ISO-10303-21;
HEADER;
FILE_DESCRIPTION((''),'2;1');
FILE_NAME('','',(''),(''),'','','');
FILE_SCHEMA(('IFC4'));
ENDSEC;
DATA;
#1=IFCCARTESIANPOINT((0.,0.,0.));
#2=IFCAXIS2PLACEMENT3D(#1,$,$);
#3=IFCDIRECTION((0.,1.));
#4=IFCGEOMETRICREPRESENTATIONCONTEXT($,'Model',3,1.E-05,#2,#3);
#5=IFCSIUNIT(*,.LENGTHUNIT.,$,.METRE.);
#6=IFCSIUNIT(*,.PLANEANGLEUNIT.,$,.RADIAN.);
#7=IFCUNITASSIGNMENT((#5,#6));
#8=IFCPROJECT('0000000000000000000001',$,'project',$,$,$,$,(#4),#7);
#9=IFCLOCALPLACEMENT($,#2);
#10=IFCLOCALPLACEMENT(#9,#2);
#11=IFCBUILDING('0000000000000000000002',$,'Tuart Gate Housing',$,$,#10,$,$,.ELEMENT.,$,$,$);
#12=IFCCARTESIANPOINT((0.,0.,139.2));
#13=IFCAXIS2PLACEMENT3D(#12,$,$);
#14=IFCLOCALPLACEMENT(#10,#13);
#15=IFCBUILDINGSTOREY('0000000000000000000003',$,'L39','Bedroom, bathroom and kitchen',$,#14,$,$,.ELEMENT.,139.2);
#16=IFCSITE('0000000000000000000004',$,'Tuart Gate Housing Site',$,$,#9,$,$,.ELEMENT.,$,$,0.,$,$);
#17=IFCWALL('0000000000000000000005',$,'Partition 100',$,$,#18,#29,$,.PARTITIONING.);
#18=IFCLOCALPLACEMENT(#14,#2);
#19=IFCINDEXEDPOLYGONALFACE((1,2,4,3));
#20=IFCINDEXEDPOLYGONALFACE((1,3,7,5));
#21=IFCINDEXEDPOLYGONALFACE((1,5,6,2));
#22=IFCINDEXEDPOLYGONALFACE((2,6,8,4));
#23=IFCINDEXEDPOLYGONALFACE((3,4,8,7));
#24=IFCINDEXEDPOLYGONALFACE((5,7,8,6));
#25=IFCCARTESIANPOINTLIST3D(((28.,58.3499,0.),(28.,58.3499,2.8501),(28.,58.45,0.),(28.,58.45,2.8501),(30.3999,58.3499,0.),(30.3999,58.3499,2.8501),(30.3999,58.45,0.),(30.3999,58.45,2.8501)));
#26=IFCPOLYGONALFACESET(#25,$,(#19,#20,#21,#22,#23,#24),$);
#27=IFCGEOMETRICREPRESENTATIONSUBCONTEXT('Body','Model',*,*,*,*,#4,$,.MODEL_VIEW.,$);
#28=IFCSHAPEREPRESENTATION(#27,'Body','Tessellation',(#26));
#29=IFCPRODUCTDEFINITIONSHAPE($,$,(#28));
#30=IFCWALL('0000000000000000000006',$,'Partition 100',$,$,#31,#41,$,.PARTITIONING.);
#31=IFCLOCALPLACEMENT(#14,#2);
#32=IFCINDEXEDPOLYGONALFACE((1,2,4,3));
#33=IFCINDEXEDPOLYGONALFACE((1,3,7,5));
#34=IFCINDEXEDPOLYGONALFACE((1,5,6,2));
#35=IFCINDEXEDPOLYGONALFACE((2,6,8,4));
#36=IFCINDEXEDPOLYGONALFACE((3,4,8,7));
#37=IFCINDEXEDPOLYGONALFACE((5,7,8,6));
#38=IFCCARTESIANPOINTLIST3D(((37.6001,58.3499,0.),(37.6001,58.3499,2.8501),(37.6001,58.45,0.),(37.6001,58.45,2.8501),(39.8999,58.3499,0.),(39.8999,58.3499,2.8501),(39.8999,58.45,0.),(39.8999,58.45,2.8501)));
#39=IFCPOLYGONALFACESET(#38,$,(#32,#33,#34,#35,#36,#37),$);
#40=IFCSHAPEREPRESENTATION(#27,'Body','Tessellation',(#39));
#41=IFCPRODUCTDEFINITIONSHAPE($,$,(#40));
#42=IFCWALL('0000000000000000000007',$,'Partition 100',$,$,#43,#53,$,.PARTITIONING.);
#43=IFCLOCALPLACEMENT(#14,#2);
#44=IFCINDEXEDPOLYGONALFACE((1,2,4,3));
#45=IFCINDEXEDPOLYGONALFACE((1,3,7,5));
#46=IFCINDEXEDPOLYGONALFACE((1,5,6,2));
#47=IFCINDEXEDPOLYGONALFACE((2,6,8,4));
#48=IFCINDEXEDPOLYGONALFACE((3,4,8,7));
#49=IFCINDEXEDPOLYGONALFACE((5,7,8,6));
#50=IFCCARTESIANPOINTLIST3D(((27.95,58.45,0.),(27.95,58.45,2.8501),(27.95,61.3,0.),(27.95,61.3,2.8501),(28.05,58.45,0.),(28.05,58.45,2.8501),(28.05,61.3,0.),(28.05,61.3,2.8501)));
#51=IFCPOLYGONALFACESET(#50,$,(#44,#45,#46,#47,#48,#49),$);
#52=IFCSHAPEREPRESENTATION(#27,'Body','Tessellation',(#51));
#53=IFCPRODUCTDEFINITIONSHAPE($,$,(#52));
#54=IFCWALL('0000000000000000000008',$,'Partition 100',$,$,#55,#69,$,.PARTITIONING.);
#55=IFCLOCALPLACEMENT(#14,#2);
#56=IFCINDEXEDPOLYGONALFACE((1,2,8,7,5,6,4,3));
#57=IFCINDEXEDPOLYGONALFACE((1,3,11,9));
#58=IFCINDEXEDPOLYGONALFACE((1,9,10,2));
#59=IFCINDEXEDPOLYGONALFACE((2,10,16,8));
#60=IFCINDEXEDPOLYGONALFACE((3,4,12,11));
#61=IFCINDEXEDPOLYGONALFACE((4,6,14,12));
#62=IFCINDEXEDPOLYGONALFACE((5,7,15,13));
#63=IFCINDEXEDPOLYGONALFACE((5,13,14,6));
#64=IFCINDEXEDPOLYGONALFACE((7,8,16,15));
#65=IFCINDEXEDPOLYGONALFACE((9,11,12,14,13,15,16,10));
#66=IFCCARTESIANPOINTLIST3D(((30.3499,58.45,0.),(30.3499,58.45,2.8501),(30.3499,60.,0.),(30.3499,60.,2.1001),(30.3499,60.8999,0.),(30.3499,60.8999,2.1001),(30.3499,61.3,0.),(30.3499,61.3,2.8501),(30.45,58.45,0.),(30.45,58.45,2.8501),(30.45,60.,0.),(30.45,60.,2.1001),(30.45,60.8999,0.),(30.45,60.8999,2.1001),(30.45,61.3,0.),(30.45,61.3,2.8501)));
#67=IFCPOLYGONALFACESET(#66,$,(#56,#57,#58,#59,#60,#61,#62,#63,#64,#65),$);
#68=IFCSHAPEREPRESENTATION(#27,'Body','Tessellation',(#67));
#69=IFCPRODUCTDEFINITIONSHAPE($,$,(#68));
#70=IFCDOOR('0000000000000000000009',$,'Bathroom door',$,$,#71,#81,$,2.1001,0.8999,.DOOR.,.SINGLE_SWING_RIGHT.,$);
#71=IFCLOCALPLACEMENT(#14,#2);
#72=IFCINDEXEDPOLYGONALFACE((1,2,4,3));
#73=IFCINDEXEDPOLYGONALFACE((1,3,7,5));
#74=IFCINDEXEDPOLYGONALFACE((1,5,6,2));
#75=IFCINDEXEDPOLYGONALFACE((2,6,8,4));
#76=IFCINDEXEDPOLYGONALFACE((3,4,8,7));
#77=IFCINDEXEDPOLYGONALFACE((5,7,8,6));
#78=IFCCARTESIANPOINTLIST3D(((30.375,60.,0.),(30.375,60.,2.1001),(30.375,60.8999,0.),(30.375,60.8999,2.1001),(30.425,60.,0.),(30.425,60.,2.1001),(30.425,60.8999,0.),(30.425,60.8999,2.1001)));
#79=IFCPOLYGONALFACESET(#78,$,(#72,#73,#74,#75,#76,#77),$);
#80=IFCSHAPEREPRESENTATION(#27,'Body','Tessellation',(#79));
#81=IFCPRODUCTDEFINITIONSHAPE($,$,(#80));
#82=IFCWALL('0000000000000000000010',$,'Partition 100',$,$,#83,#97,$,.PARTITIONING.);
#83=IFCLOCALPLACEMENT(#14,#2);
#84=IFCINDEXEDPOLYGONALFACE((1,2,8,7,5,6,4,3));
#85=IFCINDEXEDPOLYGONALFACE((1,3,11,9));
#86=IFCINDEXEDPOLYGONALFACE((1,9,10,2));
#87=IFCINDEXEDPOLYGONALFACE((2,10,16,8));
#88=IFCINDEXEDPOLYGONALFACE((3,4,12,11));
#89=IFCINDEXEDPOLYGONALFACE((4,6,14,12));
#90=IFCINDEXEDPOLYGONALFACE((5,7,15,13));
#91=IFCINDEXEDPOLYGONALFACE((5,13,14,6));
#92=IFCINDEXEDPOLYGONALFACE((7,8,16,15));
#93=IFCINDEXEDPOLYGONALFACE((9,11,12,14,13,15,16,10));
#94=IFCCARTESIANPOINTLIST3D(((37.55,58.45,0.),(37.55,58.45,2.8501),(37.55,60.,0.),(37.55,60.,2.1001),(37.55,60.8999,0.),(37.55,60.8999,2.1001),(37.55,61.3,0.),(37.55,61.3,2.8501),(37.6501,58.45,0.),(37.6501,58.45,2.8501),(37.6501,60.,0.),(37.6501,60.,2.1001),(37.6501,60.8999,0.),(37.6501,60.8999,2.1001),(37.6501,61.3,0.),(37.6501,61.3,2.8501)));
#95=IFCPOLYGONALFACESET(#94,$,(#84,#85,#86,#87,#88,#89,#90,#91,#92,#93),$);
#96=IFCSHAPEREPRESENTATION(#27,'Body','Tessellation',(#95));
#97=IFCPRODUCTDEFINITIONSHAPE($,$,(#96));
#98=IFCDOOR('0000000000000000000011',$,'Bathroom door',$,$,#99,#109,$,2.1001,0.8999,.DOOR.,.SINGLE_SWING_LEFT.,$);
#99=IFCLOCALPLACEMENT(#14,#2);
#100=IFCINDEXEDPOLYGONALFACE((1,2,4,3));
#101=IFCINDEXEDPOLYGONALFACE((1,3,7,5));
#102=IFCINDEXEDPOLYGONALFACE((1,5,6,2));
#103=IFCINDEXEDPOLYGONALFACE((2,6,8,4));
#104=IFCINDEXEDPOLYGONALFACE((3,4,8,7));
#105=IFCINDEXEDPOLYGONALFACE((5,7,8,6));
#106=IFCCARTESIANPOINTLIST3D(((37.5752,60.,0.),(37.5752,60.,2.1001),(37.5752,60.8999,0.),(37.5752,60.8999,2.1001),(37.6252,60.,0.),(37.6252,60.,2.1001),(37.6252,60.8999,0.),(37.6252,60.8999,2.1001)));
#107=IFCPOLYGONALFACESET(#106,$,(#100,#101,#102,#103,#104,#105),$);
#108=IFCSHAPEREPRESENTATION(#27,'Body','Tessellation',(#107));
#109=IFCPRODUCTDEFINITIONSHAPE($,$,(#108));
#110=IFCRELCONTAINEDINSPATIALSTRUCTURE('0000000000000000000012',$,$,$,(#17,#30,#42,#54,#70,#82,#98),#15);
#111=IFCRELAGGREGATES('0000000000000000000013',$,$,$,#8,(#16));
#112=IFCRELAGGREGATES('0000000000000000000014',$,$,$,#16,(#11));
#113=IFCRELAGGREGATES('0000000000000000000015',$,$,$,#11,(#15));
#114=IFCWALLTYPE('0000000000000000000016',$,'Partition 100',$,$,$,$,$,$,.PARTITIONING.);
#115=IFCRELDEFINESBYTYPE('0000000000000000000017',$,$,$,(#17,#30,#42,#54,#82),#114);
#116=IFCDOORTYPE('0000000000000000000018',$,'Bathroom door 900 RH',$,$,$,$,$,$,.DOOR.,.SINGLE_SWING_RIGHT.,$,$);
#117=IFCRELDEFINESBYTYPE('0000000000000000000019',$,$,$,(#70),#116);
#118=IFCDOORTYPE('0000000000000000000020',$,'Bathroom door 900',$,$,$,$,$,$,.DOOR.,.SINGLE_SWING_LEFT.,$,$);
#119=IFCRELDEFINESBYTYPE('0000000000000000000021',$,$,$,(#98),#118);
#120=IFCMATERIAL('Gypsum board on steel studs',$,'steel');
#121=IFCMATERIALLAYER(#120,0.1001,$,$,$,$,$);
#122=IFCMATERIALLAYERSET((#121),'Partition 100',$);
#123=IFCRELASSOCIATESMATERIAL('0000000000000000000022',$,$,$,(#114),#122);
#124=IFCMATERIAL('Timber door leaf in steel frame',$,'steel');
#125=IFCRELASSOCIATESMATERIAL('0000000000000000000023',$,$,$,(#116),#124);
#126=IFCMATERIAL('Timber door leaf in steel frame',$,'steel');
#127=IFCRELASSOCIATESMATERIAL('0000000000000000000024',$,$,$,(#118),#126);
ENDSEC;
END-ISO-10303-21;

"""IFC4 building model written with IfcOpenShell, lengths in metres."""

from ifc_helpers import new_model, si_unit, direction, frame, frame_2d, origin, place, context, subcontext, project, spatial, rectangle, extrude, material, layer, layer_set, type_object, element, fill, save


model = new_model("IFC4")

# Units and contexts
model_context = context("Model", 3, precision=1e-05, world=origin(), true_north=direction((0.0, 1.0)))
body_context = subcontext(model_context, "Body", "Model", "MODEL_VIEW")
ifc_project = project(units=[si_unit("LENGTHUNIT", "METRE"), si_unit("PLANEANGLEUNIT", "RADIAN")], contexts=[model_context])

# Site, building, storey
site_placement = place(None, origin())
site = spatial("IfcSite", under=ifc_project, at=site_placement, Name="Tuart Gate Housing Site", CompositionType="ELEMENT", RefElevation=0.0)
building_placement = place(site_placement, origin())
building = spatial("IfcBuilding", under=site, at=building_placement, Name="Tuart Gate Housing", CompositionType="ELEMENT")
storey_placement = place(building_placement, frame((0.0, 0.0, 139.2)))
storey = spatial("IfcBuildingStorey", under=building, at=storey_placement, Name="L39", Description="Bedroom, bathroom and kitchen", CompositionType="ELEMENT", Elevation=139.2)

# Walls
ifc_material_1 = material(Name="Gypsum board on steel studs", Category="steel")
ifc_layer_1 = layer(ifc_material_1, 0.1001)
ifc_layer_set_1 = layer_set([ifc_layer_1], Name="Partition 100")
wall_type_1 = type_object("IfcWallType", Name="Partition 100", PredefinedType="PARTITIONING", material=ifc_layer_set_1)
wall_1_placement = place(storey_placement, frame((28.0, 58.3999, 0.0), z_axis=(0.0, 0.0, 1.0), x_axis=(1.0, 0.0, 0.0)))
element("IfcWall", 1, at=wall_1_placement, inside=storey, type_object=wall_type_1, Name="Partition 100", PredefinedType="PARTITIONING", context=body_context, shape_type="SweptSolid", body=[
    extrude(rectangle(XDim=2.3999, YDim=0.1001, at=frame_2d((1.2, 0.0))), origin(), (0.0, 0.0, 1.0), 2.8501),
])
wall_2_placement = place(storey_placement, frame((37.6001, 58.3999, 0.0), z_axis=(0.0, 0.0, 1.0), x_axis=(1.0, 0.0, 0.0)))
element("IfcWall", 2, at=wall_2_placement, inside=storey, type_object=wall_type_1, Name="Partition 100", PredefinedType="PARTITIONING", context=body_context, shape_type="SweptSolid", body=[
    extrude(rectangle(XDim=2.2998, YDim=0.1001, at=frame_2d((1.1499, 0.0))), origin(), (0.0, 0.0, 1.0), 2.8501),
])
wall_3_placement = place(storey_placement, frame((28.0, 58.45, 0.0), z_axis=(0.0, 0.0, 1.0), x_axis=(0.0, 1.0, 0.0)))
element("IfcWall", 3, at=wall_3_placement, inside=storey, type_object=wall_type_1, Name="Partition 100", PredefinedType="PARTITIONING", context=body_context, shape_type="SweptSolid", body=[
    extrude(rectangle(XDim=2.8501, YDim=0.1001, at=frame_2d((1.425, 0.0))), origin(), (0.0, 0.0, 1.0), 2.8501),
])

# Walls, openings, doors
wall_4_placement = place(storey_placement, frame((30.3999, 58.45, 0.0), z_axis=(0.0, 0.0, 1.0), x_axis=(0.0, 1.0, 0.0)))
wall_4 = element("IfcWall", 4, at=wall_4_placement, inside=storey, type_object=wall_type_1, Name="Partition 100", PredefinedType="PARTITIONING", context=body_context, shape_type="SweptSolid", body=[
    extrude(rectangle(XDim=2.8501, YDim=0.1001, at=frame_2d((1.425, 0.0))), origin(), (0.0, 0.0, 1.0), 2.8501),
])
opening_1_placement = place(wall_4_placement, frame((1.55, 0.0, 0.0)))
opening_1 = element("IfcOpeningElement", 5, at=opening_1_placement, cuts=wall_4, PredefinedType="OPENING", context=body_context, shape_type="SweptSolid", body=[
    extrude(rectangle(XDim=0.8999, YDim=2.1001, at=frame_2d((0.45, 1.05))), frame((0.0, 0.0601, 0.0), z_axis=(0.0, -1.0, 0.0), x_axis=(1.0, 0.0, 0.0)), (0.0, 0.0, 1.0), 0.1201),
])
ifc_material_2 = material(Name="Timber door leaf in steel frame", Category="steel")
door_type_1 = type_object("IfcDoorType", Name="Bathroom door 900 RH", OperationType="SINGLE_SWING_RIGHT", PredefinedType="DOOR", material=ifc_material_2)
door_1_placement = place(opening_1_placement, origin())
door_1 = element("IfcDoor", 6, at=door_1_placement, inside=storey, type_object=door_type_1, Name="Bathroom door", OperationType="SINGLE_SWING_RIGHT", OverallHeight=2.1001, OverallWidth=0.8999, PredefinedType="DOOR", context=body_context, shape_type="SweptSolid", body=[
    extrude(rectangle(XDim=0.8999, YDim=2.1001, at=frame_2d((0.45, 1.05))), frame((0.0, 0.0249, 0.0), z_axis=(0.0, -1.0, 0.0), x_axis=(1.0, 0.0, 0.0)), (0.0, 0.0, 1.0), 0.05),
])
fill(opening_1, door_1)
wall_5_placement = place(storey_placement, frame((37.6001, 58.45, 0.0), z_axis=(0.0, 0.0, 1.0), x_axis=(0.0, 1.0, 0.0)))
wall_5 = element("IfcWall", 7, at=wall_5_placement, inside=storey, type_object=wall_type_1, Name="Partition 100", PredefinedType="PARTITIONING", context=body_context, shape_type="SweptSolid", body=[
    extrude(rectangle(XDim=2.8501, YDim=0.1001, at=frame_2d((1.425, 0.0))), origin(), (0.0, 0.0, 1.0), 2.8501),
])
opening_2_placement = place(wall_5_placement, frame((1.55, 0.0, 0.0)))
opening_2 = element("IfcOpeningElement", 8, at=opening_2_placement, cuts=wall_5, PredefinedType="OPENING", context=body_context, shape_type="SweptSolid", body=[
    extrude(rectangle(XDim=0.8999, YDim=2.1001, at=frame_2d((0.45, 1.05))), frame((0.0, 0.0601, 0.0), z_axis=(0.0, -1.0, 0.0), x_axis=(1.0, 0.0, 0.0)), (0.0, 0.0, 1.0), 0.1201),
])
ifc_material_3 = material(Name="Timber door leaf in steel frame", Category="steel")
door_type_2 = type_object("IfcDoorType", Name="Bathroom door 900", OperationType="SINGLE_SWING_LEFT", PredefinedType="DOOR", material=ifc_material_3)
door_2_placement = place(opening_2_placement, frame((0.8999, 0.0, 0.0), z_axis=(0.0, 0.0, 1.0), x_axis=(-1.0, 0.0, 0.0)))
door_2 = element("IfcDoor", 9, at=door_2_placement, inside=storey, type_object=door_type_2, Name="Bathroom door", OperationType="SINGLE_SWING_LEFT", OverallHeight=2.1001, OverallWidth=0.8999, PredefinedType="DOOR", context=body_context, shape_type="SweptSolid", body=[
    extrude(rectangle(XDim=0.8999, YDim=2.1001, at=frame_2d((0.45, 1.05))), frame((0.0, 0.0251, 0.0), z_axis=(0.0, -1.0, 0.0), x_axis=(1.0, 0.0, 0.0)), (0.0, 0.0, 1.0), 0.05),
])
fill(opening_2, door_2)

save(model, "model.ifc")
